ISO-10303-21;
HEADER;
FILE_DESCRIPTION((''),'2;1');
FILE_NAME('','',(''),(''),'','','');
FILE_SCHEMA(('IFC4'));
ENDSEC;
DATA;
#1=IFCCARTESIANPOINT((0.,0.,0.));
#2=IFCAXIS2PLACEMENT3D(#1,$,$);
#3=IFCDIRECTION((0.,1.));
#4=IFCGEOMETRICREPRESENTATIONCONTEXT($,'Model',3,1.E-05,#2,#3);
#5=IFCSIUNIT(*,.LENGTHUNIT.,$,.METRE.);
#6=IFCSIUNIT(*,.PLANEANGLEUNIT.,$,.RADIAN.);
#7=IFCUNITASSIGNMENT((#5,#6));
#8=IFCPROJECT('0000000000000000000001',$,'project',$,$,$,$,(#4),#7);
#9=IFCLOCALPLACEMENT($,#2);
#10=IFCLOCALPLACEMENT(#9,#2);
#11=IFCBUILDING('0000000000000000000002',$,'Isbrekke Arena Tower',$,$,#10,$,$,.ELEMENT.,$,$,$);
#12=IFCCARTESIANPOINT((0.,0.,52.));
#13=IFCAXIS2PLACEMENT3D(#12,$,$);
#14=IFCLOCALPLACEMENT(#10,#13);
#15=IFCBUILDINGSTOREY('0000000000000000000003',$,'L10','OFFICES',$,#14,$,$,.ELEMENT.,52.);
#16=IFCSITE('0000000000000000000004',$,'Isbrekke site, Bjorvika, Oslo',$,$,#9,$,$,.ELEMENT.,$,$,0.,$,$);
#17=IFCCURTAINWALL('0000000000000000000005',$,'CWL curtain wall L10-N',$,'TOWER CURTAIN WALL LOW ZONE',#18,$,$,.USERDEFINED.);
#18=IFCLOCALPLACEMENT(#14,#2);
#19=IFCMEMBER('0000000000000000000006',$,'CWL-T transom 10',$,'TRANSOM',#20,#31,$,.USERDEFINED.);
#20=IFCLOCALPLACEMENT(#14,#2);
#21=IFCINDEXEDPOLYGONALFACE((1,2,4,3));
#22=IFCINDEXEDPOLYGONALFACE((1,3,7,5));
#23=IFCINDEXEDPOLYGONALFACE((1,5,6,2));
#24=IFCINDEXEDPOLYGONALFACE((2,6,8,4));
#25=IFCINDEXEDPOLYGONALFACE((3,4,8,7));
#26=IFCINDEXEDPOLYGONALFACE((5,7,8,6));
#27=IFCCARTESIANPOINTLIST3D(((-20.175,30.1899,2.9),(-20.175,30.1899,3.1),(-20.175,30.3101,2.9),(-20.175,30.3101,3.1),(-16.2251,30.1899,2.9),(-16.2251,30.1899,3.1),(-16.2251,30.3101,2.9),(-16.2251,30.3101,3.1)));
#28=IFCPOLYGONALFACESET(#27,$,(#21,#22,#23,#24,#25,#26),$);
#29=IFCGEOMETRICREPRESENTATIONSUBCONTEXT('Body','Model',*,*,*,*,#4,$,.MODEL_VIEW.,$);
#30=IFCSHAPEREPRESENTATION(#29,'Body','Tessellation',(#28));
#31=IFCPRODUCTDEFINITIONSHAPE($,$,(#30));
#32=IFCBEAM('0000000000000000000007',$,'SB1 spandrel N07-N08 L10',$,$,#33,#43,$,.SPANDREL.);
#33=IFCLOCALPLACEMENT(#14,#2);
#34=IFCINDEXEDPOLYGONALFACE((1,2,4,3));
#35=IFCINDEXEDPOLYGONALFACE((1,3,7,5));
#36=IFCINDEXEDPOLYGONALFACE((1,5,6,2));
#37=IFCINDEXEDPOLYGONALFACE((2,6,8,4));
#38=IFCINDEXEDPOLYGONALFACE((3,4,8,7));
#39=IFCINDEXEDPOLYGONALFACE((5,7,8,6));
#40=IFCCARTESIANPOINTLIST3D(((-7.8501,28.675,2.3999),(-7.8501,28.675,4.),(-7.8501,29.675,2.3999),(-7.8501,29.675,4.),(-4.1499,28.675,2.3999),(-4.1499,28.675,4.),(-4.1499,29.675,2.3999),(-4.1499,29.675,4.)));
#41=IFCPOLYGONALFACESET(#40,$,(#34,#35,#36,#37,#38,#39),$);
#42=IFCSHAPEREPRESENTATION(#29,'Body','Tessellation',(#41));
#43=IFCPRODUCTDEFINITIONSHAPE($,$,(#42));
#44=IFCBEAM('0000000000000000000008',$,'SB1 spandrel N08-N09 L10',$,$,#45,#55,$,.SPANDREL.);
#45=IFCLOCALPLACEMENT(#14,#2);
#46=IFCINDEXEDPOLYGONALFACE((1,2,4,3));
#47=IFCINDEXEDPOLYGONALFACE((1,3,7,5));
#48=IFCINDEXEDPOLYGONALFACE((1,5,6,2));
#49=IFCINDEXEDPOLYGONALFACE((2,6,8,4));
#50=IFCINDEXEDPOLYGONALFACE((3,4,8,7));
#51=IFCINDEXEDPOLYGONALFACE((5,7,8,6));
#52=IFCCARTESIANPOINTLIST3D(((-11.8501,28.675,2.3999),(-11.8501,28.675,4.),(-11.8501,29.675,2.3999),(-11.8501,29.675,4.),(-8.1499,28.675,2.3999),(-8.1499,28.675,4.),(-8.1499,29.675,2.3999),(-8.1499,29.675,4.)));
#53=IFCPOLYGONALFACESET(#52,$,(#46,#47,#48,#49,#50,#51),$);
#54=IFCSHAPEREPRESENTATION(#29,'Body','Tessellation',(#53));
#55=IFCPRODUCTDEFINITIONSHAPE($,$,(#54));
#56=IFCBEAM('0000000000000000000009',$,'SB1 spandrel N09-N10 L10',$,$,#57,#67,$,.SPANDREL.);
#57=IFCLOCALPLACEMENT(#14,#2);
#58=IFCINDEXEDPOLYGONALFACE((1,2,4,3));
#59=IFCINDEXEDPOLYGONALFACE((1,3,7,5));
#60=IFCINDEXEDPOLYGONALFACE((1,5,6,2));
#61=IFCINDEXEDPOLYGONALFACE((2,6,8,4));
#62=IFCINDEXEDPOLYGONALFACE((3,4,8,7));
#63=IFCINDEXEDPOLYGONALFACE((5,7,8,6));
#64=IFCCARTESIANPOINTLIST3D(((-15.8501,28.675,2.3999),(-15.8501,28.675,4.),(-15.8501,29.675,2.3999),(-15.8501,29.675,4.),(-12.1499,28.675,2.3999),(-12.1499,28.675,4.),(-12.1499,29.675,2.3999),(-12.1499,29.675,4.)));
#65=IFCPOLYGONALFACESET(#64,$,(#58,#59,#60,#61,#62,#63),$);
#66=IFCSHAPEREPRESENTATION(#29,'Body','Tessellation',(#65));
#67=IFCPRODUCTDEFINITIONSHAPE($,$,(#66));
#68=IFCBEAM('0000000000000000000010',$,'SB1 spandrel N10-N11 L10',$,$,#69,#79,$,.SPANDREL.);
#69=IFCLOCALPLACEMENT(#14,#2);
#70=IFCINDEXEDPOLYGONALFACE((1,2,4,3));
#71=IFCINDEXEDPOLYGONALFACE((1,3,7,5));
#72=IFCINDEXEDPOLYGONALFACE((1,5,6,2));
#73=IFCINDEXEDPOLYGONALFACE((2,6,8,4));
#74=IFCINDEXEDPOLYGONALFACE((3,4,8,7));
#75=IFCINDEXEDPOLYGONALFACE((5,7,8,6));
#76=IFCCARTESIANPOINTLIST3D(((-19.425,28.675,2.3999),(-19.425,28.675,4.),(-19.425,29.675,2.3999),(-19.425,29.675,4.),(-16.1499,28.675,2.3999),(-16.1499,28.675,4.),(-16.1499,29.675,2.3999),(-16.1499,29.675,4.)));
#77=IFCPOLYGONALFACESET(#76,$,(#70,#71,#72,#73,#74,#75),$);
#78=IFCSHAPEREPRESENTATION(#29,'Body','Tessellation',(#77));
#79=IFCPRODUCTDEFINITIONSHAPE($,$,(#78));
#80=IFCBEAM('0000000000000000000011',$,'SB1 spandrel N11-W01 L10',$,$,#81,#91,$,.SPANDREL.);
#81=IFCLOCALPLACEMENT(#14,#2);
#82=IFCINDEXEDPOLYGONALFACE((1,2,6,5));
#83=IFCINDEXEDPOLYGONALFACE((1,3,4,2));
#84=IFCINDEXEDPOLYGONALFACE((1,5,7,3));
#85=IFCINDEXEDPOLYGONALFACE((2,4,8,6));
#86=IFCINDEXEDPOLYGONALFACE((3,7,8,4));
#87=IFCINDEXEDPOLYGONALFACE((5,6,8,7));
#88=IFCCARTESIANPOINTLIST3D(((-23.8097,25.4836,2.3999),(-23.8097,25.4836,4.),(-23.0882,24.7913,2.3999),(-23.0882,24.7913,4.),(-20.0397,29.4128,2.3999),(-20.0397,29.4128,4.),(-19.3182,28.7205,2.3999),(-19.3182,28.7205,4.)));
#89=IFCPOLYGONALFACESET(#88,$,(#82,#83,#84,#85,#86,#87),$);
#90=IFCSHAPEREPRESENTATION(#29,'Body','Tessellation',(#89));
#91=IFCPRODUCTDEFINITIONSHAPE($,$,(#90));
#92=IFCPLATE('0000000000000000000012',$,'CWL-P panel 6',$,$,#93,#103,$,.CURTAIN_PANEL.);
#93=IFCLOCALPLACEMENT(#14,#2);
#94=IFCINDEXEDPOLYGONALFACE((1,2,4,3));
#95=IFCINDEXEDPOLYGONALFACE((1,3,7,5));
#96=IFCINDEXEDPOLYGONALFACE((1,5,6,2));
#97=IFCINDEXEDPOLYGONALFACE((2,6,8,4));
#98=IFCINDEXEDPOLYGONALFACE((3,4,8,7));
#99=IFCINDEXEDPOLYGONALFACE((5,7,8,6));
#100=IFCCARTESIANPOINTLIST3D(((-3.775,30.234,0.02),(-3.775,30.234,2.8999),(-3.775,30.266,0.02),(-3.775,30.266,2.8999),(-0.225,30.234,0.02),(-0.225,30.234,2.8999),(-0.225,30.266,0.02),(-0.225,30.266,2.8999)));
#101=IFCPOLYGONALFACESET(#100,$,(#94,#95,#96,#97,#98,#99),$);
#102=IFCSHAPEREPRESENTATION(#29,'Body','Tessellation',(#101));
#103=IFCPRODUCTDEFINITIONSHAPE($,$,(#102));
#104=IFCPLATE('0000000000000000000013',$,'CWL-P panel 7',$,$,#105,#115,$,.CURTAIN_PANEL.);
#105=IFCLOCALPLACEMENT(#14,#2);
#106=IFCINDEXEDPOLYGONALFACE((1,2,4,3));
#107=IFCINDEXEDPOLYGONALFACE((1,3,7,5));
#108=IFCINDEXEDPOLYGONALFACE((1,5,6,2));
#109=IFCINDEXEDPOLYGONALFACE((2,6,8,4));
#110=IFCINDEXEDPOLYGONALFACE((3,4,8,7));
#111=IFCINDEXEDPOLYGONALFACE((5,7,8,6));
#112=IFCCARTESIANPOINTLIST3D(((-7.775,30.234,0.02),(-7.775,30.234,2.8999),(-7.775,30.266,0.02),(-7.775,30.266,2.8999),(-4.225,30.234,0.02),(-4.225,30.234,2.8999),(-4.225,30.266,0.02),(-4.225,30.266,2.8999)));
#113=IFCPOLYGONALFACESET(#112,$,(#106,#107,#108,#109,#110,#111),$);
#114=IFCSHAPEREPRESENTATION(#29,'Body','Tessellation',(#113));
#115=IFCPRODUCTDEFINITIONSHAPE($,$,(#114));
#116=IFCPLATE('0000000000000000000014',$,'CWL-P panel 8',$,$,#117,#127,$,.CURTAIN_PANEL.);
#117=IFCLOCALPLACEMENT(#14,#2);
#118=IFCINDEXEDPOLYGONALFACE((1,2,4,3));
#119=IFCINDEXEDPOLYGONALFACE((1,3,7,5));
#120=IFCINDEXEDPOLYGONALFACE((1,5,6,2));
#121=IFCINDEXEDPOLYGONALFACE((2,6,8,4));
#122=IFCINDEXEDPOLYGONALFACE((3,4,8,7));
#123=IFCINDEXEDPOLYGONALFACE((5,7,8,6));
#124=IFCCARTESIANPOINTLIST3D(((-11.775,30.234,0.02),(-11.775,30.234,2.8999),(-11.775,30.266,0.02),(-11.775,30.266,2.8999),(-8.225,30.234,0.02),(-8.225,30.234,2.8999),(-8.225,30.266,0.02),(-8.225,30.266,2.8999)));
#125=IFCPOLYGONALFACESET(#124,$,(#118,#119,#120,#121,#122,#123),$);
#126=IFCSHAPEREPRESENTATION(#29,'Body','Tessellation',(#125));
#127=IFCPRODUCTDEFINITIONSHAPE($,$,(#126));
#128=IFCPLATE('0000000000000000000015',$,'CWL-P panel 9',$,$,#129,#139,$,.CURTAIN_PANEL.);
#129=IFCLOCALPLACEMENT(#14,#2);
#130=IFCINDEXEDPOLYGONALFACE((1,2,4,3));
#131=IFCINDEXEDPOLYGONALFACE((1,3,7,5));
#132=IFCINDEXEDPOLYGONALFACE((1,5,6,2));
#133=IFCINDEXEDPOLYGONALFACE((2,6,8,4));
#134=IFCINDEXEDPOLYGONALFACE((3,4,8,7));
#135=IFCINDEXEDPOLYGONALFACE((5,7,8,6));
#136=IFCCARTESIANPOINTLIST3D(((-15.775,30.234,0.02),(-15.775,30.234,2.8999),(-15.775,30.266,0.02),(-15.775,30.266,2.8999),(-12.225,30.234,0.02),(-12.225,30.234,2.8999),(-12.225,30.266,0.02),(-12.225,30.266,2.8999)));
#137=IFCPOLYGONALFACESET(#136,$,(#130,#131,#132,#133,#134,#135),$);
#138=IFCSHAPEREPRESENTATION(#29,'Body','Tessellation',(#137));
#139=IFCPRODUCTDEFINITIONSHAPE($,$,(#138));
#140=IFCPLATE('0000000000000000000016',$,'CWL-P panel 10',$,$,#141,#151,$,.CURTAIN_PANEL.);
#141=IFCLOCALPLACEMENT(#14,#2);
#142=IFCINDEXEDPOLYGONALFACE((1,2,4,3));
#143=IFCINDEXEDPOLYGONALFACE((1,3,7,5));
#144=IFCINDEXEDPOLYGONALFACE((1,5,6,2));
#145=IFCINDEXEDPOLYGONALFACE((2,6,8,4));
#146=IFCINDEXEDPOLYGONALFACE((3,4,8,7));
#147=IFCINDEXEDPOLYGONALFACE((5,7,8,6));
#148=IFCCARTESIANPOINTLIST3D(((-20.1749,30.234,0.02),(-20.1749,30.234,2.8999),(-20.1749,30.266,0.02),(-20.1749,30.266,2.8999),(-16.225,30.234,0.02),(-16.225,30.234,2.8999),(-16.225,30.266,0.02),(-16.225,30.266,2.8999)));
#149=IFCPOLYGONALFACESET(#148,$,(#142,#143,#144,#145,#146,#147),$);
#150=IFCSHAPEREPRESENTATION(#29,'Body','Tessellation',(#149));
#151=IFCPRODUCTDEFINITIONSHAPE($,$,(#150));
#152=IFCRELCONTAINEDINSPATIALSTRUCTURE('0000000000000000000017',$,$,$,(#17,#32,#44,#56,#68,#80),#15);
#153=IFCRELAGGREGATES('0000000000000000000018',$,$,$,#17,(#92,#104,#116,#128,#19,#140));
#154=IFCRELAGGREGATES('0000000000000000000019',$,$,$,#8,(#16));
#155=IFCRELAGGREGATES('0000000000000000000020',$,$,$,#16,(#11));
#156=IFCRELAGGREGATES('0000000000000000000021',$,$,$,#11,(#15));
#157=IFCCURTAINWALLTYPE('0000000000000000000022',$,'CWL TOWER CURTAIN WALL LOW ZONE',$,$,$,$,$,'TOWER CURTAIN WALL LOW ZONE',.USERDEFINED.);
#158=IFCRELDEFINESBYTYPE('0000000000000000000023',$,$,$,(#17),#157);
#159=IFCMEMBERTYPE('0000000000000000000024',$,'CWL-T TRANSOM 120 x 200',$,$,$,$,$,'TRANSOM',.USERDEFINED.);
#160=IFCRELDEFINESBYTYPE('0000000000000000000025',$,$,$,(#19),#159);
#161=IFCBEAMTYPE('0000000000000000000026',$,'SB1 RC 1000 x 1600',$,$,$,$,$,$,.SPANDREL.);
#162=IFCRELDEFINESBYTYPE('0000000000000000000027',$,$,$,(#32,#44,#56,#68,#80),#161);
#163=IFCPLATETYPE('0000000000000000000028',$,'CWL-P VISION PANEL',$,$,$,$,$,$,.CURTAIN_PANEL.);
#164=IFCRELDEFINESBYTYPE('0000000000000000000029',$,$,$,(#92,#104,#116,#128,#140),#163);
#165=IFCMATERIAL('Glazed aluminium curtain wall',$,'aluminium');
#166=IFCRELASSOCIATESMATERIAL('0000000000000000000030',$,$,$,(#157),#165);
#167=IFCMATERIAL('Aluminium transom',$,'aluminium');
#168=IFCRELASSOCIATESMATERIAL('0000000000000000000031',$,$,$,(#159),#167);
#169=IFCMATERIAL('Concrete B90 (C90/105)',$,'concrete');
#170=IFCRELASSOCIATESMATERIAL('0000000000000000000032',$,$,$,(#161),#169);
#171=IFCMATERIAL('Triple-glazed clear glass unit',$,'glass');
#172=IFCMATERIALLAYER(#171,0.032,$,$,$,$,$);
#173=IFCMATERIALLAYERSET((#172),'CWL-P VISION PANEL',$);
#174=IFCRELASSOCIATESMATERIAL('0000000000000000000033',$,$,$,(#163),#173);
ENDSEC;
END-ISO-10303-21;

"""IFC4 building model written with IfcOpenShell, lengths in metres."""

from ifc_helpers import new_model, si_unit, direction, frame, origin, origin_2d, place, context, subcontext, project, spatial, rectangle, extrude, material, layer, layer_set, material_profile, profile_set, type_object, element, aggregate, save


model = new_model("IFC4")

# Units and contexts
model_context = context("Model", 3, precision=1e-05, world=origin(), true_north=direction((0.0, 1.0)))
body_context = subcontext(model_context, "Body", "Model", "MODEL_VIEW")
ifc_project = project(units=[si_unit("LENGTHUNIT", "METRE"), si_unit("PLANEANGLEUNIT", "RADIAN")], contexts=[model_context])

# Site, building, storey
site_placement = place(None, origin())
site = spatial("IfcSite", under=ifc_project, at=site_placement, Name="Isbrekke site, Bjorvika, Oslo", CompositionType="ELEMENT", RefElevation=0.0)
building_placement = place(site_placement, origin())
building = spatial("IfcBuilding", under=site, at=building_placement, Name="Isbrekke Arena Tower", CompositionType="ELEMENT")
storey_placement = place(building_placement, frame((0.0, 0.0, 52.0)))
storey = spatial("IfcBuildingStorey", under=building, at=storey_placement, Name="L10", Description="OFFICES", CompositionType="ELEMENT", Elevation=52.0)

# Curtain wall, member
ifc_material_1 = material(Name="Glazed aluminium curtain wall", Category="aluminium")
curtain_wall_type = type_object("IfcCurtainWallType", Name="CWL TOWER CURTAIN WALL LOW ZONE", ElementType="TOWER CURTAIN WALL LOW ZONE", PredefinedType="USERDEFINED", material=ifc_material_1)
curtain_wall_placement = place(storey_placement, origin())
curtain_wall = element("IfcCurtainWall", 1, at=curtain_wall_placement, inside=storey, type_object=curtain_wall_type, Name="CWL curtain wall L10-N", ObjectType="TOWER CURTAIN WALL LOW ZONE", PredefinedType="USERDEFINED")
ifc_material_2 = material(Name="Aluminium transom", Category="aluminium")
ifc_material_profile_1 = material_profile(ifc_material_2, rectangle(XDim=0.1201, YDim=0.2, at=origin_2d()), Name="TRANSOM 120X200")
ifc_profile_set_1 = profile_set([ifc_material_profile_1], Name="Aluminium transom")
member_type_1 = type_object("IfcMemberType", Name="CWL-T TRANSOM 120 x 200", ElementType="TRANSOM", PredefinedType="USERDEFINED", material=ifc_profile_set_1)
member_1_placement = place(storey_placement, frame((-16.2251, 30.25, 3.0), z_axis=(-1.0, 0.0, 0.0), x_axis=(0.0, -1.0, 0.0)))
member_1 = element("IfcMember", 2, at=member_1_placement, type_object=member_type_1, Name="CWL-T transom 10", ObjectType="TRANSOM", PredefinedType="USERDEFINED", context=body_context, shape_type="SweptSolid", body=[
    extrude(rectangle(XDim=0.1201, YDim=0.2, at=origin_2d()), origin(), (0.0, 0.0, 1.0), 3.95),
])

# Beams
ifc_material_3 = material(Name="Concrete B90 (C90/105)", Category="concrete")
ifc_material_profile_2 = material_profile(ifc_material_3, rectangle(XDim=1.0, YDim=1.6001, at=origin_2d()), Name="RC 1000x1600")
ifc_profile_set_2 = profile_set([ifc_material_profile_2], Name="Concrete B90 (C90/105)")
beam_type_1 = type_object("IfcBeamType", Name="SB1 RC 1000 x 1600", PredefinedType="SPANDREL", material=ifc_profile_set_2)
for number, where, z_axis, x_axis, name in (
    (3, (-4.1499, 29.175, 3.2), (-1.0, 0.0, 0.0), (0.0, -1.0, 0.0), "SB1 spandrel N07-N08 L10"),
    (4, (-8.1499, 29.175, 3.2), (-1.0, 0.0, 0.0), (0.0, -1.0, 0.0), "SB1 spandrel N08-N09 L10"),
    (5, (-12.1499, 29.175, 3.2), (-1.0, 0.0, 0.0), (0.0, -1.0, 0.0), "SB1 spandrel N09-N10 L10"),
):
    element("IfcBeam", number, at=place(storey_placement, frame(where, z_axis=z_axis, x_axis=x_axis)), inside=storey, type_object=beam_type_1, Name=name, PredefinedType="SPANDREL", context=body_context, shape_type="SweptSolid", body=[
        extrude(rectangle(XDim=1.0, YDim=1.6001, at=origin_2d()), origin(), (0.0, 0.0, 1.0), 3.7002),
    ])
beam_1_placement = place(storey_placement, frame((-16.1499, 29.175, 3.2), z_axis=(-1.0, 0.0, 0.0), x_axis=(0.0, -1.0, 0.0)))
element("IfcBeam", 6, at=beam_1_placement, inside=storey, type_object=beam_type_1, Name="SB1 spandrel N10-N11 L10", PredefinedType="SPANDREL", context=body_context, shape_type="SweptSolid", body=[
    extrude(rectangle(XDim=1.0, YDim=1.6001, at=origin_2d()), origin(), (0.0, 0.0, 1.0), 3.2751),
])
beam_2_placement = place(storey_placement, frame((-19.679, 29.0667, 3.2), z_axis=(-0.69234, -0.721572, 0.0), x_axis=(0.721572, -0.69234, 0.0)))
element("IfcBeam", 7, at=beam_2_placement, inside=storey, type_object=beam_type_1, Name="SB1 spandrel N11-W01 L10", PredefinedType="SPANDREL", context=body_context, shape_type="SweptSolid", body=[
    extrude(rectangle(XDim=1.0, YDim=1.6001, at=origin_2d()), origin(), (0.0, 0.0, 1.0), 5.4453),
])

# Plates
ifc_material_4 = material(Name="Triple-glazed clear glass unit", Category="glass")
ifc_layer_1 = layer(ifc_material_4, 0.032)
ifc_layer_set_1 = layer_set([ifc_layer_1], Name="CWL-P VISION PANEL")
plate_type = type_object("IfcPlateType", Name="CWL-P VISION PANEL", PredefinedType="CURTAIN_PANEL", material=ifc_layer_set_1)
plate_1_placement = place(storey_placement, frame((-2.0, 30.25, 0.02), z_axis=(0.0, 0.0, 1.0), x_axis=(-1.0, 0.0, 0.0)))
plate_1 = element("IfcPlate", 8, at=plate_1_placement, type_object=plate_type, Name="CWL-P panel 6", PredefinedType="CURTAIN_PANEL", context=body_context, shape_type="SweptSolid", body=[
    extrude(rectangle(XDim=3.55, YDim=0.032, at=origin_2d()), origin(), (0.0, 0.0, 1.0), 2.8799),
])
plate_2_placement = place(storey_placement, frame((-6.0, 30.25, 0.02), z_axis=(0.0, 0.0, 1.0), x_axis=(-1.0, 0.0, 0.0)))
plate_2 = element("IfcPlate", 9, at=plate_2_placement, type_object=plate_type, Name="CWL-P panel 7", PredefinedType="CURTAIN_PANEL", context=body_context, shape_type="SweptSolid", body=[
    extrude(rectangle(XDim=3.55, YDim=0.032, at=origin_2d()), origin(), (0.0, 0.0, 1.0), 2.8799),
])
plate_3_placement = place(storey_placement, frame((-10.0, 30.25, 0.02), z_axis=(0.0, 0.0, 1.0), x_axis=(-1.0, 0.0, 0.0)))
plate_3 = element("IfcPlate", 10, at=plate_3_placement, type_object=plate_type, Name="CWL-P panel 8", PredefinedType="CURTAIN_PANEL", context=body_context, shape_type="SweptSolid", body=[
    extrude(rectangle(XDim=3.55, YDim=0.032, at=origin_2d()), origin(), (0.0, 0.0, 1.0), 2.8799),
])
plate_4_placement = place(storey_placement, frame((-14.0, 30.25, 0.02), z_axis=(0.0, 0.0, 1.0), x_axis=(-1.0, 0.0, 0.0)))
plate_4 = element("IfcPlate", 11, at=plate_4_placement, type_object=plate_type, Name="CWL-P panel 9", PredefinedType="CURTAIN_PANEL", context=body_context, shape_type="SweptSolid", body=[
    extrude(rectangle(XDim=3.55, YDim=0.032, at=origin_2d()), origin(), (0.0, 0.0, 1.0), 2.8799),
])
plate_5_placement = place(storey_placement, frame((-18.2, 30.25, 0.02), z_axis=(0.0, 0.0, 1.0), x_axis=(-1.0, 0.0, 0.0)))
plate_5 = element("IfcPlate", 12, at=plate_5_placement, type_object=plate_type, Name="CWL-P panel 10", PredefinedType="CURTAIN_PANEL", context=body_context, shape_type="SweptSolid", body=[
    extrude(rectangle(XDim=3.95, YDim=0.032, at=origin_2d()), origin(), (0.0, 0.0, 1.0), 2.8799),
])
aggregate(curtain_wall, [plate_1, plate_2, plate_3, plate_4, member_1, plate_5])

save(model, "model.ifc")
